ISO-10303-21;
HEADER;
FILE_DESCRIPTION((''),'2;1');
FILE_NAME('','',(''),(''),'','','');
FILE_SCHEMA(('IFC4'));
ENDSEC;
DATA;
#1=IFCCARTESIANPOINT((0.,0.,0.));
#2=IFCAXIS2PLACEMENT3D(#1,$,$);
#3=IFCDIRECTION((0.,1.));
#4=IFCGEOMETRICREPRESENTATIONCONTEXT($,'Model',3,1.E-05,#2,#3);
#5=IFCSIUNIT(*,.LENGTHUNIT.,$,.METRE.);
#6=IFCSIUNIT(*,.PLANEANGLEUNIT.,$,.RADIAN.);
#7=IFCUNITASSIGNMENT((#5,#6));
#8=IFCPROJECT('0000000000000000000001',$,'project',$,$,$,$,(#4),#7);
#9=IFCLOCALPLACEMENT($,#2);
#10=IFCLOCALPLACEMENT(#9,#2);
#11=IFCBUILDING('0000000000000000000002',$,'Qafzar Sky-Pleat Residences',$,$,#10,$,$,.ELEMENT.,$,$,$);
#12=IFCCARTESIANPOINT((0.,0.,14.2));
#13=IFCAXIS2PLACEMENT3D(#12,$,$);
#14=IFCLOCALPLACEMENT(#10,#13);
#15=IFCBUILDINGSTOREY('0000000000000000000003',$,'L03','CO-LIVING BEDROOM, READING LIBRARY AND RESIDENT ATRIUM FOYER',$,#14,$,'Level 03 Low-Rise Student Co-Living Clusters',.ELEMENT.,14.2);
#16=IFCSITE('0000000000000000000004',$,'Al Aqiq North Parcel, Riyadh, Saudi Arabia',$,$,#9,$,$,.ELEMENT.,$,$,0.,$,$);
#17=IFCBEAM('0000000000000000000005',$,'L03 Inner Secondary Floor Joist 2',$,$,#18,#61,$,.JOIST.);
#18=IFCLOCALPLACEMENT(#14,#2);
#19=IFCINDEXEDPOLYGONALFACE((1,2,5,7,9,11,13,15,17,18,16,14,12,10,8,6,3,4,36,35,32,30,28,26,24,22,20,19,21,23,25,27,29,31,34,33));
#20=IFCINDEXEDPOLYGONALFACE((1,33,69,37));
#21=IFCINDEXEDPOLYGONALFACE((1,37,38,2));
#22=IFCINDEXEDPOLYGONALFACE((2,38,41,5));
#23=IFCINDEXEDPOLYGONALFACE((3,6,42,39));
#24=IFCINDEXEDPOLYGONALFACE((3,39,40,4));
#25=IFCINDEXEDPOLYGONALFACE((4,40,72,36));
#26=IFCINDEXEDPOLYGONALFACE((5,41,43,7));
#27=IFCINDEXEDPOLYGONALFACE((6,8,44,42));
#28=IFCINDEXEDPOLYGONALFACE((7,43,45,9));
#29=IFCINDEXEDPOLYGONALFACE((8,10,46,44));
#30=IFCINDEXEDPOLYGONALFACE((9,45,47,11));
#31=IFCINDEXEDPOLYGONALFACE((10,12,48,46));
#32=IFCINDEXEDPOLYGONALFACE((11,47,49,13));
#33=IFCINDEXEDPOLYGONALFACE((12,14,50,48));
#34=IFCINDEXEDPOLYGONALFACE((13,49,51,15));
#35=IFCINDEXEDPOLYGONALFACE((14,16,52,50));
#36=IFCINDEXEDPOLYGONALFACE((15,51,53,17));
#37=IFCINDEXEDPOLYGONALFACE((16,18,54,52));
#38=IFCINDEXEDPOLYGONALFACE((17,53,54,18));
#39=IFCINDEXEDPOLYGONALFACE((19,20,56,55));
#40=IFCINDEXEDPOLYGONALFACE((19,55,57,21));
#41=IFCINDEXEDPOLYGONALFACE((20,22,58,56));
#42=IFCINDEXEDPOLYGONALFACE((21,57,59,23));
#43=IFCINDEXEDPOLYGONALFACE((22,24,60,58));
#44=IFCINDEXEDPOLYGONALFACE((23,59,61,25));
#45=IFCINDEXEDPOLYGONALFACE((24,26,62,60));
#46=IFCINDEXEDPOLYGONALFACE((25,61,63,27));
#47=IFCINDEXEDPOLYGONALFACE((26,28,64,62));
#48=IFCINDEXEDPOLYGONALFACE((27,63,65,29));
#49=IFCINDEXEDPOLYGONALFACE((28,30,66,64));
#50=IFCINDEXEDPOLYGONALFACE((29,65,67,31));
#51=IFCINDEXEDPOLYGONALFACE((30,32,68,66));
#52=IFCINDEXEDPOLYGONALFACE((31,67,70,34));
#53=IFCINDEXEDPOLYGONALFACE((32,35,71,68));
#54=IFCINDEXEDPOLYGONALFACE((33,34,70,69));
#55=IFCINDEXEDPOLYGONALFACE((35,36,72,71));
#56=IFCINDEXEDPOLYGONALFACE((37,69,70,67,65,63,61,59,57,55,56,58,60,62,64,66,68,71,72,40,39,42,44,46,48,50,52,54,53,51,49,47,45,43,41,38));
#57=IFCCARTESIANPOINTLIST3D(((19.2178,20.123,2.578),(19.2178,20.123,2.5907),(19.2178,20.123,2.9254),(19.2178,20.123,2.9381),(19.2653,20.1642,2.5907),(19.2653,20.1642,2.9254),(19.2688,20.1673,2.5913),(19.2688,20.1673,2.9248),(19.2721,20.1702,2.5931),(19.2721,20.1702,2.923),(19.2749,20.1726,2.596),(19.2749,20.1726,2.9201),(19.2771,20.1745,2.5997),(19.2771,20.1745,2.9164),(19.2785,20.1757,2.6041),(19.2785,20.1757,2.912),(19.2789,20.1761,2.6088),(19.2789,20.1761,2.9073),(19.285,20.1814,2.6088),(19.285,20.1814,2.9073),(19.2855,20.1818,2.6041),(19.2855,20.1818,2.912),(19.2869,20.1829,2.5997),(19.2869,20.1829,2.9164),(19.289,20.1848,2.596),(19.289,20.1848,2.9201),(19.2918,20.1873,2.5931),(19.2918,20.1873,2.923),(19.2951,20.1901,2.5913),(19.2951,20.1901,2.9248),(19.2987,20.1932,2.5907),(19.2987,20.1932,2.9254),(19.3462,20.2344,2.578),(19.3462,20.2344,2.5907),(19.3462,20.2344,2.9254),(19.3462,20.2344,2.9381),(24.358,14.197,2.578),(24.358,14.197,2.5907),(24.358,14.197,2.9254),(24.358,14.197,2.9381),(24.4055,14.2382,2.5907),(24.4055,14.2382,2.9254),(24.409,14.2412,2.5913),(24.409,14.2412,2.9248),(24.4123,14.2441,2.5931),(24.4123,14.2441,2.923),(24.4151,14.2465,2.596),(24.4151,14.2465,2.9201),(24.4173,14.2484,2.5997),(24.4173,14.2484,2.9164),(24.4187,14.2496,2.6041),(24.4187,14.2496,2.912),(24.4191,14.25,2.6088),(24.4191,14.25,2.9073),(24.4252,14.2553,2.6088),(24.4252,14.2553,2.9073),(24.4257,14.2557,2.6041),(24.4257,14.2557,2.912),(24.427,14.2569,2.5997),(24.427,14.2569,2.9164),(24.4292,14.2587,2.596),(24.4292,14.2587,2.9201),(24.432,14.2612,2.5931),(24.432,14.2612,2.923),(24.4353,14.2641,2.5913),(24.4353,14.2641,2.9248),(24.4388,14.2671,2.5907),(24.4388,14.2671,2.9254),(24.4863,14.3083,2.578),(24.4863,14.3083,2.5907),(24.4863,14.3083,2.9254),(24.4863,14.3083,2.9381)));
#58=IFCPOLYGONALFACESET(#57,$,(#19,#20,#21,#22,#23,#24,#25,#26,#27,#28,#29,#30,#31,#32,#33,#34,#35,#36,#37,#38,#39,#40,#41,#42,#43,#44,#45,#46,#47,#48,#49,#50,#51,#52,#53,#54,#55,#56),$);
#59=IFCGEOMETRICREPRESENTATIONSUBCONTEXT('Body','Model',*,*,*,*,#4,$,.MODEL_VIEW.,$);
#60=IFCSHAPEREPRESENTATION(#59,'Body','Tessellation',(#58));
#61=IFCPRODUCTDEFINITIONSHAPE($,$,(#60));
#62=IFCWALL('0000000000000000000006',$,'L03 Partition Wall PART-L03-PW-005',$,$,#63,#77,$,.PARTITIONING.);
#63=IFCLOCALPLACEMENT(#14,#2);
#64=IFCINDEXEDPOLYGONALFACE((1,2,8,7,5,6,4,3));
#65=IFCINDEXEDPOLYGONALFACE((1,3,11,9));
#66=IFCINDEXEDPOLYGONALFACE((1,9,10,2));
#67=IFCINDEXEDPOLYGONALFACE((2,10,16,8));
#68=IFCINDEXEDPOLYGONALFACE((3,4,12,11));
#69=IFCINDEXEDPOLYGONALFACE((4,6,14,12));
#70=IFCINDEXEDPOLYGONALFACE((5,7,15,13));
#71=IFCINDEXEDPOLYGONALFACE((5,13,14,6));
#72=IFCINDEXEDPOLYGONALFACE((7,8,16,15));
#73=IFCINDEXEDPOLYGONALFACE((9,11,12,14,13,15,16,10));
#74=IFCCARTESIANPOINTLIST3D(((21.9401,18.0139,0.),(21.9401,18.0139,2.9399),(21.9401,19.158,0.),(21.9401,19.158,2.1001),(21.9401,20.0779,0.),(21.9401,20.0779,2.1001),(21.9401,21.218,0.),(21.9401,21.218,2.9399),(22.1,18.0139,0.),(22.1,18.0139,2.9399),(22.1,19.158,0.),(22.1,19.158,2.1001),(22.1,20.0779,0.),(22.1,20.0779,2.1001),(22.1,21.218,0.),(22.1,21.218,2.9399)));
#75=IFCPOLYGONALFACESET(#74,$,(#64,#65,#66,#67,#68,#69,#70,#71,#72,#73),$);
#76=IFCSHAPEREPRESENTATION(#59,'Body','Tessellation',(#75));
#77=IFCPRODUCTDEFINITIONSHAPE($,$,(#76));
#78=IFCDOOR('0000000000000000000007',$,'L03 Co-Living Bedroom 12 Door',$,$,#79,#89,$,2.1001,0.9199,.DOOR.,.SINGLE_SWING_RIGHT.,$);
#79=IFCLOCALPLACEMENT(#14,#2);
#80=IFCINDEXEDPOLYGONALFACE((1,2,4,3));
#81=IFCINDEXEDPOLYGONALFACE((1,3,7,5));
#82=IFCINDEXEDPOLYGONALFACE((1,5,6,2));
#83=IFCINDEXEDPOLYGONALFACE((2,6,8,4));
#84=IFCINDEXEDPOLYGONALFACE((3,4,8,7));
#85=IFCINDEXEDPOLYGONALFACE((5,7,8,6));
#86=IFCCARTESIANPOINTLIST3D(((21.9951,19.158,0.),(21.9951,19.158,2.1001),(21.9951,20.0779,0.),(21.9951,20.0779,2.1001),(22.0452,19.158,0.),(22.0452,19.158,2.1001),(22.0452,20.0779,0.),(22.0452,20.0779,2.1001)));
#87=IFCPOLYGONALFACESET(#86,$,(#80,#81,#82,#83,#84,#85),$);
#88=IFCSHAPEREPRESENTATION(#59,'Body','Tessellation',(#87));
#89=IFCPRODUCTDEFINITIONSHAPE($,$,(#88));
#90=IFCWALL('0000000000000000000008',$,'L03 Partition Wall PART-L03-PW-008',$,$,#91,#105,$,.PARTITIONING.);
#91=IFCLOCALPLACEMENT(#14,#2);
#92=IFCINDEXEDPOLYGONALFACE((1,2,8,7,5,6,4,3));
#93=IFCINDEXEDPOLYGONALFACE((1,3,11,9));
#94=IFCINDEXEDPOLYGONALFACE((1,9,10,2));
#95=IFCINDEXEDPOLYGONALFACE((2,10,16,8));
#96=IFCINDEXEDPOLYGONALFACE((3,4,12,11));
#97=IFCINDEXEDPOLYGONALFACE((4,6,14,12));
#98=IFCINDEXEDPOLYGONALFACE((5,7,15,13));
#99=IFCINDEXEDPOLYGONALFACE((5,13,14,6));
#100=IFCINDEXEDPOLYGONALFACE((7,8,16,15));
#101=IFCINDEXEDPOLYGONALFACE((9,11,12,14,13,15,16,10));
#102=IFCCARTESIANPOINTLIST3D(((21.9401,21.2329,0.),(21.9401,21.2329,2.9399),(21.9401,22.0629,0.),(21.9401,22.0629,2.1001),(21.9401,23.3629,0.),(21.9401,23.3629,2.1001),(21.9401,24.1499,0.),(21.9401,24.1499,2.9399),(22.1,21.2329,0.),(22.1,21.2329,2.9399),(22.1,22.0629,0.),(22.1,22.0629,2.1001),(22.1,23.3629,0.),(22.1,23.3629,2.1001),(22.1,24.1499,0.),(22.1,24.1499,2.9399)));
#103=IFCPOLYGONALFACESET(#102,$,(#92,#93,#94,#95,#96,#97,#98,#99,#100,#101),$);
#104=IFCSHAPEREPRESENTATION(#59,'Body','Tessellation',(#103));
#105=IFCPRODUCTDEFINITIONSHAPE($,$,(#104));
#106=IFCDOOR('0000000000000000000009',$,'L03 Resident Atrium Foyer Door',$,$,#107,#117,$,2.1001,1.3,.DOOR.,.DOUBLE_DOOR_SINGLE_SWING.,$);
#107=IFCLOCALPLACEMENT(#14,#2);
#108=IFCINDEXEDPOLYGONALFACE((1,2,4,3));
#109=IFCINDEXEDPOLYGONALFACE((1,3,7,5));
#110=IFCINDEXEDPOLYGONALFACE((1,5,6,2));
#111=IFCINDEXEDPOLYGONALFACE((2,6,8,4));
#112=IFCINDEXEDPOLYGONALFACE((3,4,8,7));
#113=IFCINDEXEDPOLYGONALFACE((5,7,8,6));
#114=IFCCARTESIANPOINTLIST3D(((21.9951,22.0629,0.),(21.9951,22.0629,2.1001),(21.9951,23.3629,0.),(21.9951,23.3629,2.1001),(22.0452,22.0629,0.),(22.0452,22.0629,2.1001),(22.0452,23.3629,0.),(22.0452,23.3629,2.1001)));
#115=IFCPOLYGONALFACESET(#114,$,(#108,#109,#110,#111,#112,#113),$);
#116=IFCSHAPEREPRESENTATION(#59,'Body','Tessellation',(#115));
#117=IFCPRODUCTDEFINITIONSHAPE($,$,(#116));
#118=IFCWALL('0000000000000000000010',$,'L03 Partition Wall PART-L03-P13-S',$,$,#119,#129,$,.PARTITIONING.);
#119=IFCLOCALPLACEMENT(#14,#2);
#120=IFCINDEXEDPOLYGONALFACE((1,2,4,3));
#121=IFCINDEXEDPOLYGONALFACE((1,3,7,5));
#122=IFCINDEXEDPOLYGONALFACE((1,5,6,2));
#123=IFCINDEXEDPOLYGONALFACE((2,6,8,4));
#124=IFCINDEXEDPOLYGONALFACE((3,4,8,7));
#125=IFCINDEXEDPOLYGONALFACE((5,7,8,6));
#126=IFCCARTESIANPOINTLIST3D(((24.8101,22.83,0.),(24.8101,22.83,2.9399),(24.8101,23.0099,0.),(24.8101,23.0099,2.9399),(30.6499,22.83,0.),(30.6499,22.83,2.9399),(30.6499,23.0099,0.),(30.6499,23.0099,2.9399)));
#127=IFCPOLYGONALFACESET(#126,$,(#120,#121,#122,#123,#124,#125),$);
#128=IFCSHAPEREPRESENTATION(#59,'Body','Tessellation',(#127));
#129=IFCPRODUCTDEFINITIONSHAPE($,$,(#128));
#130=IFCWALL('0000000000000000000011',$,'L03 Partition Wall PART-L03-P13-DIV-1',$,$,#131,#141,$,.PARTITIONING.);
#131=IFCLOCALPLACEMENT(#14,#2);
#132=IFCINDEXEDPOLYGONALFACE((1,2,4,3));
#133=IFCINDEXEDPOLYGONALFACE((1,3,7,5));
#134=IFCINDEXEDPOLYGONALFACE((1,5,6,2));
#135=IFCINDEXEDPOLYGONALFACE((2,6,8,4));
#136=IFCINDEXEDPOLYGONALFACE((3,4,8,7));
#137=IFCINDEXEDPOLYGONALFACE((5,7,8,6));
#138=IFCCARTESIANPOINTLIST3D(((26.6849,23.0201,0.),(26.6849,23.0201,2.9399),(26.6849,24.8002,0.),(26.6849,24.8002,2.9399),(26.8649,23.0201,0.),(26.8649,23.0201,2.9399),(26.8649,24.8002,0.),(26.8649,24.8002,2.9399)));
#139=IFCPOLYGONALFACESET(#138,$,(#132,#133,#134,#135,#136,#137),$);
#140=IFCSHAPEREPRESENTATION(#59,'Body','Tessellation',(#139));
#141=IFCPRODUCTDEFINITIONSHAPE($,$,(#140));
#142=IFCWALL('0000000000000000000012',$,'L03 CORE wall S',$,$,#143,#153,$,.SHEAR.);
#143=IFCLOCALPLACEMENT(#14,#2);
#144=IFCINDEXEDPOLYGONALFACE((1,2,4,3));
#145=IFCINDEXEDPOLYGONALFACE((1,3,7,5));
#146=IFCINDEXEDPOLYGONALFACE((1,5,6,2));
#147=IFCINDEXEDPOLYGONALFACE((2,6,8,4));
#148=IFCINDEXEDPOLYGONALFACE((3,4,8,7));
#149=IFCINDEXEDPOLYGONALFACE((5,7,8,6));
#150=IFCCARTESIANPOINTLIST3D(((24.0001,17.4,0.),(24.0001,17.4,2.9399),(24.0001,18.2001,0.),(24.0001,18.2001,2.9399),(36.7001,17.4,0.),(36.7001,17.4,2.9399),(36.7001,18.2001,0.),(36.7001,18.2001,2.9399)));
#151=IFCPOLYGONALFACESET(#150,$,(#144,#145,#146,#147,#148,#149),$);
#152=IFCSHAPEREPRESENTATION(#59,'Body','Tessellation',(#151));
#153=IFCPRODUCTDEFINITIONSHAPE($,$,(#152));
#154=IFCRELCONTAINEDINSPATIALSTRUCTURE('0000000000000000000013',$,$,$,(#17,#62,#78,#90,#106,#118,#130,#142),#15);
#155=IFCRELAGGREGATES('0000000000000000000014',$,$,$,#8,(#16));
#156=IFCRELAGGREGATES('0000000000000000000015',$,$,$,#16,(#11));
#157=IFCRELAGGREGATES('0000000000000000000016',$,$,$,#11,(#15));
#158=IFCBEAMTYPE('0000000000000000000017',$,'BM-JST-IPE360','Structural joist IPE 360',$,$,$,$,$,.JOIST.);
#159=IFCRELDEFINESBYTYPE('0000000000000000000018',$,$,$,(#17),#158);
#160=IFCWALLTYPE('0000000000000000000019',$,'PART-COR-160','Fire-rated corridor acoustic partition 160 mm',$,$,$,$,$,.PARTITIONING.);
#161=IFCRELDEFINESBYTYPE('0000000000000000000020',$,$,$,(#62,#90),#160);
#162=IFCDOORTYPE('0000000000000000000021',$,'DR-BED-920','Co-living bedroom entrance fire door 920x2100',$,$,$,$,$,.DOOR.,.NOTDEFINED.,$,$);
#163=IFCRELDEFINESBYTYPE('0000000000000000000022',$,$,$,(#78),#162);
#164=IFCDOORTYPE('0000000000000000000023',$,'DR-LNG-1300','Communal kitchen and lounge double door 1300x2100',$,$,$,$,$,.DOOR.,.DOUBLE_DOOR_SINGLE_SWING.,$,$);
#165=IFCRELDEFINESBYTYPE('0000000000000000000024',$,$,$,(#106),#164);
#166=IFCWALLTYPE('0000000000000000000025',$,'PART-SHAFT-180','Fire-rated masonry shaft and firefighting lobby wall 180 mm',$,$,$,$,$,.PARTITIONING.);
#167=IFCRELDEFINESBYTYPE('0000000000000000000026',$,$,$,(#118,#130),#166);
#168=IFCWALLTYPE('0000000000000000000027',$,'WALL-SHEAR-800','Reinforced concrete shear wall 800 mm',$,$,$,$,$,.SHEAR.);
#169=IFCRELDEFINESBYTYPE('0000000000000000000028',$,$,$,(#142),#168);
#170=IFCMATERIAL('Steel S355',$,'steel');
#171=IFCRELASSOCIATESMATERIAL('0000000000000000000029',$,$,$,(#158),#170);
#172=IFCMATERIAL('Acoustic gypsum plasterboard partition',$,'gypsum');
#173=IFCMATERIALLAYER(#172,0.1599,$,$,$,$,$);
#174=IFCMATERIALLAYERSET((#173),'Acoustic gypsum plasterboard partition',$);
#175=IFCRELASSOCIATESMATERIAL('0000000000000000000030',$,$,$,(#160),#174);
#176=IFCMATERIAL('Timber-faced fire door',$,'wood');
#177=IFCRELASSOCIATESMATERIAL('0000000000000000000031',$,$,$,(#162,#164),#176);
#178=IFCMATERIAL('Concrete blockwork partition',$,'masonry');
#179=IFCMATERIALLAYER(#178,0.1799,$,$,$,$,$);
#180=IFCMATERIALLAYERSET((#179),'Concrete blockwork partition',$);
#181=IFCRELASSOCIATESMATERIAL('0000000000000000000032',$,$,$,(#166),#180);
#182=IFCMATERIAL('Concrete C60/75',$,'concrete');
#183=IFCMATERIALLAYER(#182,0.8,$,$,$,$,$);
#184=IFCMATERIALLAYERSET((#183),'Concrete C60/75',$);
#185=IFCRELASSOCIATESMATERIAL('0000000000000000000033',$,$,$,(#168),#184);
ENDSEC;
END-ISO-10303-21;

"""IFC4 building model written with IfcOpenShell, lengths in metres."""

from ifc_helpers import new_model, si_unit, direction, frame, frame_2d, origin, origin_2d, place, context, subcontext, project, spatial, rectangle, i_section, extrude, source, transform, mapped, material, layer, layer_set, material_profile, profile_set, type_object, element, fill, save


model = new_model("IFC4")

# Units and contexts
model_context = context("Model", 3, precision=1e-05, world=origin(), true_north=direction((0.0, 1.0)))
body_context = subcontext(model_context, "Body", "Model", "MODEL_VIEW")
ifc_project = project(units=[si_unit("LENGTHUNIT", "METRE"), si_unit("PLANEANGLEUNIT", "RADIAN")], contexts=[model_context])

# Site, building, storey
site_placement = place(None, origin())
site = spatial("IfcSite", under=ifc_project, at=site_placement, Name="Al Aqiq North Parcel, Riyadh, Saudi Arabia", CompositionType="ELEMENT", RefElevation=0.0)
building_placement = place(site_placement, origin())
building = spatial("IfcBuilding", under=site, at=building_placement, Name="Qafzar Sky-Pleat Residences", CompositionType="ELEMENT")
storey_placement = place(building_placement, frame((0.0, 0.0, 14.2)))
storey = spatial("IfcBuildingStorey", under=building, at=storey_placement, Name="L03", Description="CO-LIVING BEDROOM, READING LIBRARY AND RESIDENT ATRIUM FOYER", LongName="Level 03 Low-Rise Student Co-Living Clusters", CompositionType="ELEMENT", Elevation=14.2)

# Beam
ifc_material_1 = material(Name="Steel S355", Category="steel")
ifc_material_profile = material_profile(ifc_material_1, i_section(OverallWidth=0.1699, OverallDepth=0.3601, WebThickness=0.0081, FlangeThickness=0.0127, FilletRadius=0.0181, at=origin_2d()), Name="IPE 360")
ifc_profile_set = profile_set([ifc_material_profile], Name="Steel S355")
beam_type = type_object("IfcBeamType", Name="BM-JST-IPE360", Description="Structural joist IPE 360", PredefinedType="JOIST", material=ifc_profile_set)
shared_shape_1 = source(origin(), body_context, "Body", "SweptSolid", [
    extrude(i_section(OverallWidth=0.1699, OverallDepth=0.3601, WebThickness=0.0081, FlangeThickness=0.0127, FilletRadius=0.0181, at=origin_2d()), origin(), (0.0, 0.0, 1.0), 7.8447),
])
beam_placement = place(storey_placement, frame((19.282, 20.1787, 2.7581), z_axis=(0.65524, -0.755421, 0.0), x_axis=(0.755421, 0.65524, 0.0)))
element("IfcBeam", 1, at=beam_placement, inside=storey, type_object=beam_type, Name="L03 Inner Secondary Floor Joist 2", PredefinedType="JOIST", context=body_context, shape_type="MappedRepresentation", body=[
    mapped(shared_shape_1, transform((0.0, 0.0, 0.0), x_axis=(1.0, 0.0, 0.0), y_axis=(0.0, 1.0, 0.0), z_axis=(0.0, 0.0, 1.0), scale=1.0)),
])

# Walls, openings, doors
ifc_material_2 = material(Name="Acoustic gypsum plasterboard partition", Category="gypsum")
ifc_layer_1 = layer(ifc_material_2, 0.1599)
ifc_layer_set_1 = layer_set([ifc_layer_1], Name="Acoustic gypsum plasterboard partition")
wall_type_1 = type_object("IfcWallType", Name="PART-COR-160", Description="Fire-rated corridor acoustic partition 160 mm", PredefinedType="PARTITIONING", material=ifc_layer_set_1)
wall_1_placement = place(storey_placement, frame((22.02, 18.0139, 0.0), z_axis=(0.0, 0.0, 1.0), x_axis=(0.0, 1.0, 0.0)))
wall_1 = element("IfcWall", 2, at=wall_1_placement, inside=storey, type_object=wall_type_1, Name="L03 Partition Wall PART-L03-PW-005", PredefinedType="PARTITIONING", context=body_context, shape_type="SweptSolid", body=[
    extrude(rectangle(XDim=3.2041, YDim=0.1599, at=frame_2d((1.6021, 0.0))), origin(), (0.0, 0.0, 1.0), 2.9399),
])
opening_1_placement = place(wall_1_placement, frame((1.144, 0.0, 0.0)))
opening_1 = element("IfcOpeningElement", 3, at=opening_1_placement, cuts=wall_1, PredefinedType="OPENING", context=body_context, shape_type="SweptSolid", body=[
    extrude(rectangle(XDim=0.9199, YDim=2.1001, at=frame_2d((0.46, 1.05))), frame((0.0, 0.0898, 0.0), z_axis=(0.0, -1.0, 0.0), x_axis=(1.0, 0.0, 0.0)), (0.0, 0.0, 1.0), 0.1799),
])
ifc_material_3 = material(Name="Timber-faced fire door", Category="wood")
door_type_1 = type_object("IfcDoorType", Name="DR-BED-920", Description="Co-living bedroom entrance fire door 920x2100", OperationType="NOTDEFINED", PredefinedType="DOOR", material=ifc_material_3)
shared_shape_2 = source(origin(), body_context, "Body", "SweptSolid", [
    extrude(rectangle(XDim=0.9199, YDim=2.1001, at=frame_2d((0.46, 1.05))), frame((0.0, 0.0249, 0.0), z_axis=(0.0, -1.0, 0.0), x_axis=(1.0, 0.0, 0.0)), (0.0, 0.0, 1.0), 0.05),
])
door_1_placement = place(opening_1_placement, origin())
door_1 = element("IfcDoor", 4, at=door_1_placement, inside=storey, type_object=door_type_1, Name="L03 Co-Living Bedroom 12 Door", OperationType="SINGLE_SWING_RIGHT", OverallHeight=2.1001, OverallWidth=0.9199, PredefinedType="DOOR", context=body_context, shape_type="MappedRepresentation", body=[
    mapped(shared_shape_2, transform((0.0, 0.0, 0.0), x_axis=(1.0, 0.0, 0.0), y_axis=(0.0, 1.0, 0.0), z_axis=(0.0, 0.0, 1.0), scale=1.0)),
])
fill(opening_1, door_1)
wall_2_placement = place(storey_placement, frame((22.02, 21.2329, 0.0), z_axis=(0.0, 0.0, 1.0), x_axis=(0.0, 1.0, 0.0)))
wall_2 = element("IfcWall", 5, at=wall_2_placement, inside=storey, type_object=wall_type_1, Name="L03 Partition Wall PART-L03-PW-008", PredefinedType="PARTITIONING", context=body_context, shape_type="SweptSolid", body=[
    extrude(rectangle(XDim=2.917, YDim=0.1599, at=frame_2d((1.4585, 0.0))), origin(), (0.0, 0.0, 1.0), 2.9399),
])
opening_2_placement = place(wall_2_placement, frame((0.8301, 0.0, 0.0)))
opening_2 = element("IfcOpeningElement", 6, at=opening_2_placement, cuts=wall_2, PredefinedType="OPENING", context=body_context, shape_type="SweptSolid", body=[
    extrude(rectangle(XDim=1.3, YDim=2.1001, at=frame_2d((0.6499, 1.05))), frame((0.0, 0.0898, 0.0), z_axis=(0.0, -1.0, 0.0), x_axis=(1.0, 0.0, 0.0)), (0.0, 0.0, 1.0), 0.1799),
])
door_type_2 = type_object("IfcDoorType", Name="DR-LNG-1300", Description="Communal kitchen and lounge double door 1300x2100", OperationType="DOUBLE_DOOR_SINGLE_SWING", PredefinedType="DOOR", material=ifc_material_3)
shared_shape_3 = source(origin(), body_context, "Body", "SweptSolid", [
    extrude(rectangle(XDim=1.3, YDim=2.1001, at=frame_2d((0.6499, 1.05))), frame((0.0, 0.0249, 0.0), z_axis=(0.0, -1.0, 0.0), x_axis=(1.0, 0.0, 0.0)), (0.0, 0.0, 1.0), 0.05),
])
door_2_placement = place(opening_2_placement, origin())
door_2 = element("IfcDoor", 7, at=door_2_placement, inside=storey, type_object=door_type_2, Name="L03 Resident Atrium Foyer Door", OperationType="DOUBLE_DOOR_SINGLE_SWING", OverallHeight=2.1001, OverallWidth=1.3, PredefinedType="DOOR", context=body_context, shape_type="MappedRepresentation", body=[
    mapped(shared_shape_3, transform((0.0, 0.0, 0.0), x_axis=(1.0, 0.0, 0.0), y_axis=(0.0, 1.0, 0.0), z_axis=(0.0, 0.0, 1.0), scale=1.0)),
])
fill(opening_2, door_2)

# Wall
ifc_material_4 = material(Name="Concrete blockwork partition", Category="masonry")
ifc_layer_2 = layer(ifc_material_4, 0.1799)
ifc_layer_set_2 = layer_set([ifc_layer_2], Name="Concrete blockwork partition")
wall_type_2 = type_object("IfcWallType", Name="PART-SHAFT-180", Description="Fire-rated masonry shaft and firefighting lobby wall 180 mm", PredefinedType="PARTITIONING", material=ifc_layer_set_2)
wall_3_placement = place(storey_placement, frame((24.8101, 22.9199, 0.0), z_axis=(0.0, 0.0, 1.0), x_axis=(1.0, 0.0, 0.0)))
element("IfcWall", 8, at=wall_3_placement, inside=storey, type_object=wall_type_2, Name="L03 Partition Wall PART-L03-P13-S", PredefinedType="PARTITIONING", context=body_context, shape_type="SweptSolid", body=[
    extrude(rectangle(XDim=5.8398, YDim=0.1799, at=frame_2d((2.9199, 0.0))), origin(), (0.0, 0.0, 1.0), 2.9399),
])

# Wall
wall_4_placement = place(storey_placement, frame((26.7749, 23.02, 0.0), z_axis=(0.0, 0.0, 1.0), x_axis=(0.0, 1.0, 0.0)))
element("IfcWall", 9, at=wall_4_placement, inside=storey, type_object=wall_type_2, Name="L03 Partition Wall PART-L03-P13-DIV-1", PredefinedType="PARTITIONING", context=body_context, shape_type="SweptSolid", body=[
    extrude(rectangle(XDim=1.78, YDim=0.1799, at=frame_2d((0.8901, 0.0))), origin(), (0.0, 0.0, 1.0), 2.9399),
])

# Shared definitions
ifc_material_5 = material(Name="Concrete C60/75", Category="concrete")

# Wall
ifc_layer_3 = layer(ifc_material_5, 0.8)
ifc_layer_set_3 = layer_set([ifc_layer_3], Name="Concrete C60/75")
wall_type_3 = type_object("IfcWallType", Name="WALL-SHEAR-800", Description="Reinforced concrete shear wall 800 mm", PredefinedType="SHEAR", material=ifc_layer_set_3)
wall_5_placement = place(storey_placement, frame((24.0, 17.8, 0.0), z_axis=(0.0, 0.0, 1.0), x_axis=(1.0, 0.0, 0.0)))
element("IfcWall", 10, at=wall_5_placement, inside=storey, type_object=wall_type_3, Name="L03 CORE wall S", PredefinedType="SHEAR", context=body_context, shape_type="SweptSolid", body=[
    extrude(rectangle(XDim=12.7, YDim=0.8, at=frame_2d((6.3501, 0.0))), origin(), (0.0, 0.0, 1.0), 2.9399),
])

save(model, "model.ifc")
